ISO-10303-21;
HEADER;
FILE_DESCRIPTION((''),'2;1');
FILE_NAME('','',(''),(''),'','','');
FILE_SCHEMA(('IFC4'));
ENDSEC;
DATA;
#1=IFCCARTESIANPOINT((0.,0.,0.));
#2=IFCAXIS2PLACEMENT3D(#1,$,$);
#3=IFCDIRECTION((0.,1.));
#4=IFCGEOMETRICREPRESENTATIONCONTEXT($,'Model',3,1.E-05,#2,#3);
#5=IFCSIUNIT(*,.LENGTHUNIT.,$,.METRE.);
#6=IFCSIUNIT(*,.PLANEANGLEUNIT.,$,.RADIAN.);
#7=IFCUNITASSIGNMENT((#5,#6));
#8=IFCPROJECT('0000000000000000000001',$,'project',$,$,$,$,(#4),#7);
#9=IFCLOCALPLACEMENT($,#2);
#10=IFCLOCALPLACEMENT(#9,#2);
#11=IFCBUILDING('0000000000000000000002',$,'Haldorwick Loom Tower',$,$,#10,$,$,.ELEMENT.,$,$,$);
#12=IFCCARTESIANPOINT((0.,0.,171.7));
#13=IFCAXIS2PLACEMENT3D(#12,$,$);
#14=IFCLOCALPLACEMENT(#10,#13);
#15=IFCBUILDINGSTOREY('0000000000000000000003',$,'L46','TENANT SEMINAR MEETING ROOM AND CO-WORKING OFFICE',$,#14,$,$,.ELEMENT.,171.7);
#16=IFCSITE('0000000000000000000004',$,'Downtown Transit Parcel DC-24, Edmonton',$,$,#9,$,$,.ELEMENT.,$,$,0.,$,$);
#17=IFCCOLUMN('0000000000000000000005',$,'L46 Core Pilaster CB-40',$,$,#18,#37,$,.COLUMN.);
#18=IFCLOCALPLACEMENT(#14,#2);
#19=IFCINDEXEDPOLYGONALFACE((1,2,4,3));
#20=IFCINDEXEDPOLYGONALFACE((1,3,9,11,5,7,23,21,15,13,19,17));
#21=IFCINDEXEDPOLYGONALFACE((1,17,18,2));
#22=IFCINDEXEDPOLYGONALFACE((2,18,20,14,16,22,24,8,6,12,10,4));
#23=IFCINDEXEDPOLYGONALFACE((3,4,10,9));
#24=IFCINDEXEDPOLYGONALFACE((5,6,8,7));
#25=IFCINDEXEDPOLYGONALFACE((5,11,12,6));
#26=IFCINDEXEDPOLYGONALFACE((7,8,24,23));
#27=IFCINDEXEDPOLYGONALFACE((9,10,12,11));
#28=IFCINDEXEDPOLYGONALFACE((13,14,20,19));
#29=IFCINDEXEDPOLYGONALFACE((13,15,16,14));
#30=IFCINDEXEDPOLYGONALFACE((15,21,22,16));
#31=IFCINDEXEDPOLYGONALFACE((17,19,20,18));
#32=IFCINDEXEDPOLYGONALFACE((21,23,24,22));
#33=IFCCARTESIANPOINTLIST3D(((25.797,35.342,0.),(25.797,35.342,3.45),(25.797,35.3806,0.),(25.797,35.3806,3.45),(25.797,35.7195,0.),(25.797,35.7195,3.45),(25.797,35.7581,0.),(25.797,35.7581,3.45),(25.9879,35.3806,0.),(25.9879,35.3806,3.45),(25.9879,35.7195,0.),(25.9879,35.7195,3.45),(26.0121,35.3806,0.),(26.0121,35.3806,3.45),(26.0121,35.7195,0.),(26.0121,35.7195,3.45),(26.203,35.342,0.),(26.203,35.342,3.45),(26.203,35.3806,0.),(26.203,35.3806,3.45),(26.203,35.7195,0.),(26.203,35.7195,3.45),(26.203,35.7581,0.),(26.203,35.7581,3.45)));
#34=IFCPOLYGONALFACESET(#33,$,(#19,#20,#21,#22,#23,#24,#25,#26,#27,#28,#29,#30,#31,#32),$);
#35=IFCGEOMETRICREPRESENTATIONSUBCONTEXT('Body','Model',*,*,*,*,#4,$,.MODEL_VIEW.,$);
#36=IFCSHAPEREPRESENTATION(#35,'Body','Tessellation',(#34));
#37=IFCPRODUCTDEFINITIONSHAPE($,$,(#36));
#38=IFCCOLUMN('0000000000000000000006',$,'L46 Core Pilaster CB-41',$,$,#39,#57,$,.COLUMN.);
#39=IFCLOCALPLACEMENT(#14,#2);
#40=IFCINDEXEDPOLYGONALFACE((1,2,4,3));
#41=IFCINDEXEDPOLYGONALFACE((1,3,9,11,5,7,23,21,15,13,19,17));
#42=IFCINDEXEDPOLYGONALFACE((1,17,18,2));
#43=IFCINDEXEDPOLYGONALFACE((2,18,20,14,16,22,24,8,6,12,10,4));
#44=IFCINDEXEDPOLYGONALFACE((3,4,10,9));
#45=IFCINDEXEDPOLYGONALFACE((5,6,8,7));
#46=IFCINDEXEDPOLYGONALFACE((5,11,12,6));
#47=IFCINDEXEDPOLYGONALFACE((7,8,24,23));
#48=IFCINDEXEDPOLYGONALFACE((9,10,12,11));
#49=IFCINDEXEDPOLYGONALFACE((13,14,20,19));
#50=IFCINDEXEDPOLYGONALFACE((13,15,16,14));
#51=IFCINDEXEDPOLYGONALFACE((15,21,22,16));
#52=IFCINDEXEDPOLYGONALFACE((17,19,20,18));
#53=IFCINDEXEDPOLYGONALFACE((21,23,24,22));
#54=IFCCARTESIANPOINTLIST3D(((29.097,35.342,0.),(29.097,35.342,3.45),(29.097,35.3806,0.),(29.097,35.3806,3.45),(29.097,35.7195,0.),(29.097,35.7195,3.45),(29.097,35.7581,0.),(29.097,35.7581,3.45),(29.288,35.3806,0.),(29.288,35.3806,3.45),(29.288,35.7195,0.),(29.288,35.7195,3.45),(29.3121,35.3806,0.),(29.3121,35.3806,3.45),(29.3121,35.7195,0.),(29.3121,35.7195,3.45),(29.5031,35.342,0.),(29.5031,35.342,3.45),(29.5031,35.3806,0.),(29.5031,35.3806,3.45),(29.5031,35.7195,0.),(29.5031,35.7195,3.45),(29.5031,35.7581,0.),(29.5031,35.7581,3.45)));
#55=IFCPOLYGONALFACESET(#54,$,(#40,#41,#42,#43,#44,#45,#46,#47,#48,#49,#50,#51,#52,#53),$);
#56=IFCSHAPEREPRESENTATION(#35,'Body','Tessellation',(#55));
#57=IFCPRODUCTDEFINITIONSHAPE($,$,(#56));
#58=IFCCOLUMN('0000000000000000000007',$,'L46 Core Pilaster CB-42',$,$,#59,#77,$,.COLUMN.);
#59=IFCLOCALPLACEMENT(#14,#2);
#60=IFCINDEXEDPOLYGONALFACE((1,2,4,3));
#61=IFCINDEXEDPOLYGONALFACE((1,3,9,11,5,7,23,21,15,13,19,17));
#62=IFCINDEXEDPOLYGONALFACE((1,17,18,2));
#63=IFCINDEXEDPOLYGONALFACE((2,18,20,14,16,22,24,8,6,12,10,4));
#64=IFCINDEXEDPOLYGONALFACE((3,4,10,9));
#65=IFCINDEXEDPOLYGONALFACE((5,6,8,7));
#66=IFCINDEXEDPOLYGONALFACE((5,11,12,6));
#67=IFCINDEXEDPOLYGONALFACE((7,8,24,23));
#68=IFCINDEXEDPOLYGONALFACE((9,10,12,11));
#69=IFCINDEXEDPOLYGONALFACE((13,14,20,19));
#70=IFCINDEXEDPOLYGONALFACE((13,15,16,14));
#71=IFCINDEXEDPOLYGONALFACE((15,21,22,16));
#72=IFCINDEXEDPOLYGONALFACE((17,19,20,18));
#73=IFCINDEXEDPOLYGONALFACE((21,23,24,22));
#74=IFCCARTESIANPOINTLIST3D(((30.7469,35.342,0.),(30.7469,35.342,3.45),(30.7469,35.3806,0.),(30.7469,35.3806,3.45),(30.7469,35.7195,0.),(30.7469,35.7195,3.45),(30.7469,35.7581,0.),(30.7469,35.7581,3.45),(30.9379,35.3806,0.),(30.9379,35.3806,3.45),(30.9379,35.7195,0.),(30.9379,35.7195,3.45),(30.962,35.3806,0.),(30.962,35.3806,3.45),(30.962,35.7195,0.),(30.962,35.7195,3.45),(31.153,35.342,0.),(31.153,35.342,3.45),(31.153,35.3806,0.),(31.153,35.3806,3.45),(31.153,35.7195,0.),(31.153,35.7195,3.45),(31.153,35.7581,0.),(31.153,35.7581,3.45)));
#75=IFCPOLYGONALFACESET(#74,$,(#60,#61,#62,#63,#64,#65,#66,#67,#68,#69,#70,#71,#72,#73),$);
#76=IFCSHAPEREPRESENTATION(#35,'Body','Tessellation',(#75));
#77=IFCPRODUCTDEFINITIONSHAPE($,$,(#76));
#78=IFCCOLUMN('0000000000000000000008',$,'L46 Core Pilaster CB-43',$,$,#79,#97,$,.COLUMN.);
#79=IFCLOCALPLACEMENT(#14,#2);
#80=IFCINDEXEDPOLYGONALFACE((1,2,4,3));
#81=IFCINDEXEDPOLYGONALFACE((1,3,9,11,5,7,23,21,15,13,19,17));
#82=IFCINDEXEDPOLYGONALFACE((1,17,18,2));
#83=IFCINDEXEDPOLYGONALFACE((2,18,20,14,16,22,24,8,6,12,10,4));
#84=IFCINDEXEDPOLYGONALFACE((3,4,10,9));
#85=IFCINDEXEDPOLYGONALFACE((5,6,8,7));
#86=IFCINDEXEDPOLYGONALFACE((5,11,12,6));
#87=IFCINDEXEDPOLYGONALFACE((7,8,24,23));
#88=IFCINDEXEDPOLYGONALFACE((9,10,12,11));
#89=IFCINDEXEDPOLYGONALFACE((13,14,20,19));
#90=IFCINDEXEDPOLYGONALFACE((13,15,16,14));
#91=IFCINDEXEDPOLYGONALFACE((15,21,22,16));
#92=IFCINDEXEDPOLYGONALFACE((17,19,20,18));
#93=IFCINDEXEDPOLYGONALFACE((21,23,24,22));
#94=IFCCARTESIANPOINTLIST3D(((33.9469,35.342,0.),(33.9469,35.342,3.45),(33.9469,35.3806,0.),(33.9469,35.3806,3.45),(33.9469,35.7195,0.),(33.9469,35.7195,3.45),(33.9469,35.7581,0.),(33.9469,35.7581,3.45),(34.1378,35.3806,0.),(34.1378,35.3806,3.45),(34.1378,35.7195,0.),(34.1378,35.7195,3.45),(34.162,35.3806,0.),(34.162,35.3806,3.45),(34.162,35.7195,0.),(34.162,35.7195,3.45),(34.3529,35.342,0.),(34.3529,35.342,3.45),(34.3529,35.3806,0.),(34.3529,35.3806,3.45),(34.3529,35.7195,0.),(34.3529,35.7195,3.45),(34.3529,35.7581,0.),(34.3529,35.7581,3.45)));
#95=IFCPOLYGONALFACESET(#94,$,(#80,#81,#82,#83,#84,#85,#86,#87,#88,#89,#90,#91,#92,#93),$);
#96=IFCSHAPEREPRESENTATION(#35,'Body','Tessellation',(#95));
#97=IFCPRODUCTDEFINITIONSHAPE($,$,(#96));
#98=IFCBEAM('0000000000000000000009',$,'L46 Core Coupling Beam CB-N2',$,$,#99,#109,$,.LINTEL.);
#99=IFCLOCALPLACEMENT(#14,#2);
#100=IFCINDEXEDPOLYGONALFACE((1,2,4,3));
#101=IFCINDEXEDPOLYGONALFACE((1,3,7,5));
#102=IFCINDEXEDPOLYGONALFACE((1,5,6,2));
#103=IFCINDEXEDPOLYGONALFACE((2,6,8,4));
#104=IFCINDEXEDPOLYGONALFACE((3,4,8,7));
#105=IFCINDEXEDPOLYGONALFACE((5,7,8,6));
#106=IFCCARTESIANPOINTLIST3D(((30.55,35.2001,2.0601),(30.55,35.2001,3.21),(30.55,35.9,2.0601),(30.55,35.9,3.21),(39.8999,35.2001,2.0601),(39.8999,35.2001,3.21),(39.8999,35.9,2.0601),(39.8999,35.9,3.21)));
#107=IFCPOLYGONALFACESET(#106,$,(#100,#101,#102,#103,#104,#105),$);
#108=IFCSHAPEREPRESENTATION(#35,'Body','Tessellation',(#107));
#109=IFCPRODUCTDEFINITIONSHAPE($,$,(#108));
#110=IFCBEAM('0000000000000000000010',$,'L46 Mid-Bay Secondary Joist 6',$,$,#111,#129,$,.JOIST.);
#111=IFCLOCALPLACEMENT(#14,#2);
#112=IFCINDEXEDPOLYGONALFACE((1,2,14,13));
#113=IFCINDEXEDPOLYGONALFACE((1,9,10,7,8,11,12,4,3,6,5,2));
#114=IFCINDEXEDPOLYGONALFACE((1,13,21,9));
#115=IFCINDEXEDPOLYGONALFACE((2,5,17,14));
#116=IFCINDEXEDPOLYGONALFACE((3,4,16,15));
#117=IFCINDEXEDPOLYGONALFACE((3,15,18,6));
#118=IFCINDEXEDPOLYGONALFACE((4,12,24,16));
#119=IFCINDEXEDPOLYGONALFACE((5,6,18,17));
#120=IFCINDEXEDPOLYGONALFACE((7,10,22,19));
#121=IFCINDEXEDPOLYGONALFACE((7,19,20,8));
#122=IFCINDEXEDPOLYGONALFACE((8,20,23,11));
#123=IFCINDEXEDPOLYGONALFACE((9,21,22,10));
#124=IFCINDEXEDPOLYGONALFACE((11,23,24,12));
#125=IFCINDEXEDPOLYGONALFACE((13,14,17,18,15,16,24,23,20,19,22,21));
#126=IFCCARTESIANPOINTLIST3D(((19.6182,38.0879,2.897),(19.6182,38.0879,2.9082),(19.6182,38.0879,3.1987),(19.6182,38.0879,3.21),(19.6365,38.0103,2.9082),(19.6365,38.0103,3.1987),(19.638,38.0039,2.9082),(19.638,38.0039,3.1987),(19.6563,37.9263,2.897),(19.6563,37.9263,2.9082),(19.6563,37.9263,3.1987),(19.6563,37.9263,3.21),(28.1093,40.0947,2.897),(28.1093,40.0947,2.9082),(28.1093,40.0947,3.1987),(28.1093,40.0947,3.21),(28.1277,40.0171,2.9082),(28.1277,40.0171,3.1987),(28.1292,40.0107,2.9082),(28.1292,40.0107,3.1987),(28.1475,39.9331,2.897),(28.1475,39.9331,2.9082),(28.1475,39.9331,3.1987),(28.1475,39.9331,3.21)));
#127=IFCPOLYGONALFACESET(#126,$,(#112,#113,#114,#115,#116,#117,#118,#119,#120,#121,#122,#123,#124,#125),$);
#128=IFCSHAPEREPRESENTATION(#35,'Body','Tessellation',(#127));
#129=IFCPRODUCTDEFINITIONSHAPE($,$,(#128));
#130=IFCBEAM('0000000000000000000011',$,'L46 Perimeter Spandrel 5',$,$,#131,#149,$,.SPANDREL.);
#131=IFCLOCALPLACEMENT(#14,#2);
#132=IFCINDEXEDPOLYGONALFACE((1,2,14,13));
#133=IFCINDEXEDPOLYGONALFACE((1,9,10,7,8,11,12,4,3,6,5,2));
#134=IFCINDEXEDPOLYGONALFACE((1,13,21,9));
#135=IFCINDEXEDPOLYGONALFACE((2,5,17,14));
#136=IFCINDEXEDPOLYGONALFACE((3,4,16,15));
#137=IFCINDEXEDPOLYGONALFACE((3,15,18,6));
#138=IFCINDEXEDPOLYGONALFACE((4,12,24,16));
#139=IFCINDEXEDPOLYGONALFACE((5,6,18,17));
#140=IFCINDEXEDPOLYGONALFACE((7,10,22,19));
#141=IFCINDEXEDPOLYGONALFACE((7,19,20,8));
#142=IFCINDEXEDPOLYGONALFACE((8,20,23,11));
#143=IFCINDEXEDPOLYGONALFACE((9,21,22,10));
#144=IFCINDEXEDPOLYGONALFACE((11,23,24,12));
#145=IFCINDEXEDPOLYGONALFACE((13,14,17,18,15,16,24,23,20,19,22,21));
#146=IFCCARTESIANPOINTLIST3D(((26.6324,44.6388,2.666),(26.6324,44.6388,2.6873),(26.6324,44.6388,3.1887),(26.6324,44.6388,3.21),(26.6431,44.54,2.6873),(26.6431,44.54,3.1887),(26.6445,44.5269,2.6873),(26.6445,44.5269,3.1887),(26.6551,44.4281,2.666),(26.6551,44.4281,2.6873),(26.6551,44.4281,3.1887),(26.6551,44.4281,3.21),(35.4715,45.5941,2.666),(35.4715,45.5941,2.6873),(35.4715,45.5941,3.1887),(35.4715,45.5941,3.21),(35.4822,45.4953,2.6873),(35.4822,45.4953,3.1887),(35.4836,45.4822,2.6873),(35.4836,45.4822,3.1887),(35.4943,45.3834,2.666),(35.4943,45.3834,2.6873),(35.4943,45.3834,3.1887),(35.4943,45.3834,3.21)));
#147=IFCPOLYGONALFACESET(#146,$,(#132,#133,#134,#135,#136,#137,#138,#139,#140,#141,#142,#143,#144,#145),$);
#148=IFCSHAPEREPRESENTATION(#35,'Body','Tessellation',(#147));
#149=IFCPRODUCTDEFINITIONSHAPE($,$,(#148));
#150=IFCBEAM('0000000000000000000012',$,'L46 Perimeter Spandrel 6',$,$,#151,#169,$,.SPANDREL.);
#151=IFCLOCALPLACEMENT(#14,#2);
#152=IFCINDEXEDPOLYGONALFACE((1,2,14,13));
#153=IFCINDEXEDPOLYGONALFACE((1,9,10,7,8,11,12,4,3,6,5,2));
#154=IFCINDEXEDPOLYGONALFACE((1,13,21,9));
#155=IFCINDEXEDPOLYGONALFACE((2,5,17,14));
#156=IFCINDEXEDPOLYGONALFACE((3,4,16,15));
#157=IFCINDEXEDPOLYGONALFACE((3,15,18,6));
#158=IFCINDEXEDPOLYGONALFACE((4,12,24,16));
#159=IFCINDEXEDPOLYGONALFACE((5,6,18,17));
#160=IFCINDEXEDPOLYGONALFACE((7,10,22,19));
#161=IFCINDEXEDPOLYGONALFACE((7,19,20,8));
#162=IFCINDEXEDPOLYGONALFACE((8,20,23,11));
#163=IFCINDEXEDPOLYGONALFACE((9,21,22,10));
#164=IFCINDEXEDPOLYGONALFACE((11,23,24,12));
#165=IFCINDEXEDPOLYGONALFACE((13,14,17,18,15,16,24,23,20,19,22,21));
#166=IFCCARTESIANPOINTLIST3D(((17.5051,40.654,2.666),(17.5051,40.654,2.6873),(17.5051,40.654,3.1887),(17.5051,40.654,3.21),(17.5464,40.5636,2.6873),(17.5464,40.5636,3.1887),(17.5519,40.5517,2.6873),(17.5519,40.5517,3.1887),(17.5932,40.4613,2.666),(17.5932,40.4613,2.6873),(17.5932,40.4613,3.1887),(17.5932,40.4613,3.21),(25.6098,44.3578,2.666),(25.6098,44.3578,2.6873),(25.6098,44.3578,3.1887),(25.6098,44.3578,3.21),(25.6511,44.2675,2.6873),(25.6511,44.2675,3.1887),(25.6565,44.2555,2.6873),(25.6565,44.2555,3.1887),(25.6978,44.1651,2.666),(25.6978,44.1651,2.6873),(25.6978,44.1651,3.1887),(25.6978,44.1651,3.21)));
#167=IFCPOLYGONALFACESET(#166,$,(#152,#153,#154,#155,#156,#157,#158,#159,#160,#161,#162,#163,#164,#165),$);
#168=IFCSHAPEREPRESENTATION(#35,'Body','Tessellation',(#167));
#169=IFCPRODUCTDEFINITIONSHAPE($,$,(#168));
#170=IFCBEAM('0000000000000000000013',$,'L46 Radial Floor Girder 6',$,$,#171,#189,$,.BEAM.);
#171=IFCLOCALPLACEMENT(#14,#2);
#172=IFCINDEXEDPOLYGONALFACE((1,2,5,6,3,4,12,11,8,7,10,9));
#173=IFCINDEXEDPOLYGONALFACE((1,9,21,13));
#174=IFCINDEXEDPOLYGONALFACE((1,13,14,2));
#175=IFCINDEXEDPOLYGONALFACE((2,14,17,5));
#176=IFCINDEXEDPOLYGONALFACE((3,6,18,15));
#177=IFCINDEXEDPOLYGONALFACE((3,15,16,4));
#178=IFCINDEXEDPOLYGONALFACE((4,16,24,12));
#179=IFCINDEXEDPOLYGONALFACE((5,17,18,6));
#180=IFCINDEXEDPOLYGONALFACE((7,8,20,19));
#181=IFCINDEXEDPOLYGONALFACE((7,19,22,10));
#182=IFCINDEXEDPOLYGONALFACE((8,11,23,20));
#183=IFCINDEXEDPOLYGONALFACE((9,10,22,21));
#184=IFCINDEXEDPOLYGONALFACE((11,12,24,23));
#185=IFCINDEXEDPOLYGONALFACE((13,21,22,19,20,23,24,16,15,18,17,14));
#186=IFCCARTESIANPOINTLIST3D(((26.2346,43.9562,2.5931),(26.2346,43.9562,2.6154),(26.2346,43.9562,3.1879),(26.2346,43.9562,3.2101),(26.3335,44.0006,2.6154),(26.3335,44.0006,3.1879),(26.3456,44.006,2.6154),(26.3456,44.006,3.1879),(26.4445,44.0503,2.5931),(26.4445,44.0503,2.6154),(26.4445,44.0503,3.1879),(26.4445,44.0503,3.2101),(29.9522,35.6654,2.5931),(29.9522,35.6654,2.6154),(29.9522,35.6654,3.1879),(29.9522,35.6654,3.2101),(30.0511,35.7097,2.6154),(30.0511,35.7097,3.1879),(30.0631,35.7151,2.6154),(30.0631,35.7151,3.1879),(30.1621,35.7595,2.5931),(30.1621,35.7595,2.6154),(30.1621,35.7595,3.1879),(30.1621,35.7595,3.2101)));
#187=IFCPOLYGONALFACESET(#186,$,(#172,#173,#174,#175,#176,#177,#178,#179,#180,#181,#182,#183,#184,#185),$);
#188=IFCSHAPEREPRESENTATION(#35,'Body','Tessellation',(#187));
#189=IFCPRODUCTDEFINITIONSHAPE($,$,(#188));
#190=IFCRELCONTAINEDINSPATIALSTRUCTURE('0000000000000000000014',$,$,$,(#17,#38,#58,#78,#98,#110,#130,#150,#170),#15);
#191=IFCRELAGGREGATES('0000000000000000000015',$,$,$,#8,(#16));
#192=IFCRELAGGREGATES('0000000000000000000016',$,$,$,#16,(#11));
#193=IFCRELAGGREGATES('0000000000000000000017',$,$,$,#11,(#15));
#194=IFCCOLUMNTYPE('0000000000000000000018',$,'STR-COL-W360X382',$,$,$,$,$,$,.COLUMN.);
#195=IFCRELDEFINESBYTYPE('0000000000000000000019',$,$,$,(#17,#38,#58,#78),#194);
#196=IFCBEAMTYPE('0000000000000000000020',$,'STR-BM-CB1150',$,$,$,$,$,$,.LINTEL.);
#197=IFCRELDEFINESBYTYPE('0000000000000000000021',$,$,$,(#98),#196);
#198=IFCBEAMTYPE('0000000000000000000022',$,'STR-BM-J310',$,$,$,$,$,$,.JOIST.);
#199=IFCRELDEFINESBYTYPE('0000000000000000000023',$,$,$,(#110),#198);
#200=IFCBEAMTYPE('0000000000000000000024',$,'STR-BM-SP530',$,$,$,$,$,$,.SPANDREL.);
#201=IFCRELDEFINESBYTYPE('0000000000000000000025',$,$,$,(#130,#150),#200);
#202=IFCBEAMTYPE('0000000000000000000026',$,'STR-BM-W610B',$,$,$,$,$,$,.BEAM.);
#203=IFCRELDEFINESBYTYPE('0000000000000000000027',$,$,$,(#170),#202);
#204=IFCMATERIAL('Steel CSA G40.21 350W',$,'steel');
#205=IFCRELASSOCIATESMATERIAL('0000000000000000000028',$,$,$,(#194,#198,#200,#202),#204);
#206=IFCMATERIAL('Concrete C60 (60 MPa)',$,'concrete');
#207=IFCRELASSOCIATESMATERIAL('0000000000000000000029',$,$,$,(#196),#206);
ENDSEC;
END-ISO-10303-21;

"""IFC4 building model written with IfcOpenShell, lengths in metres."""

from ifc_helpers import new_model, si_unit, direction, frame, origin, origin_2d, place, context, subcontext, project, spatial, rectangle, i_section, extrude, material, material_profile, profile_set, type_object, element, save


model = new_model("IFC4")

# Units and contexts
model_context = context("Model", 3, precision=1e-05, world=origin(), true_north=direction((0.0, 1.0)))
body_context = subcontext(model_context, "Body", "Model", "MODEL_VIEW")
ifc_project = project(units=[si_unit("LENGTHUNIT", "METRE"), si_unit("PLANEANGLEUNIT", "RADIAN")], contexts=[model_context])

# Site, building, storey
site_placement = place(None, origin())
site = spatial("IfcSite", under=ifc_project, at=site_placement, Name="Downtown Transit Parcel DC-24, Edmonton", CompositionType="ELEMENT", RefElevation=0.0)
building_placement = place(site_placement, origin())
building = spatial("IfcBuilding", under=site, at=building_placement, Name="Haldorwick Loom Tower", CompositionType="ELEMENT")
storey_placement = place(building_placement, frame((0.0, 0.0, 171.7)))
storey = spatial("IfcBuildingStorey", under=building, at=storey_placement, Name="L46", Description="TENANT SEMINAR MEETING ROOM AND CO-WORKING OFFICE", CompositionType="ELEMENT", Elevation=171.7)

# Columns
ifc_material_1 = material(Name="Concrete C60 (60 MPa)", Category="concrete")
ifc_material_2 = material(Name="Steel CSA G40.21 350W", Category="steel")
ifc_material_profile_1 = material_profile(ifc_material_2, i_section(OverallWidth=0.406, OverallDepth=0.416, WebThickness=0.0242, FlangeThickness=0.0386, at=origin_2d()), Name="W360X382", Category="steel")
ifc_profile_set_1 = profile_set([ifc_material_profile_1], Name="Steel CSA G40.21 350W")
column_type_1 = type_object("IfcColumnType", Name="STR-COL-W360X382", PredefinedType="COLUMN", material=ifc_profile_set_1)
for number, where, z_axis, x_axis, name in (
    (1, (26.0, 35.55, 0.0), (0.0, 0.0, 1.0), (1.0, 0.0, 0.0), "L46 Core Pilaster CB-40"),
    (2, (29.3, 35.55, 0.0), (0.0, 0.0, 1.0), (1.0, 0.0, 0.0), "L46 Core Pilaster CB-41"),
    (3, (30.95, 35.55, 0.0), (0.0, 0.0, 1.0), (1.0, 0.0, 0.0), "L46 Core Pilaster CB-42"),
    (4, (34.1499, 35.55, 0.0), (0.0, 0.0, 1.0), (1.0, 0.0, 0.0), "L46 Core Pilaster CB-43"),
):
    element("IfcColumn", number, at=place(storey_placement, frame(where, z_axis=z_axis, x_axis=x_axis)), inside=storey, type_object=column_type_1, Name=name, PredefinedType="COLUMN", context=body_context, shape_type="SweptSolid", body=[
        extrude(i_section(OverallWidth=0.406, OverallDepth=0.416, WebThickness=0.0242, FlangeThickness=0.0386, at=origin_2d()), origin(), (0.0, 0.0, 1.0), 3.45),
    ])

# Beams
ifc_material_profile_2 = material_profile(ifc_material_1, rectangle(XDim=0.7, YDim=1.1499, at=origin_2d()), Name="RC700X1150", Category="concrete")
ifc_profile_set_2 = profile_set([ifc_material_profile_2], Name="Concrete C60 (60 MPa)")
beam_type_1 = type_object("IfcBeamType", Name="STR-BM-CB1150", PredefinedType="LINTEL", material=ifc_profile_set_2)
beam_1_placement = place(storey_placement, frame((30.55, 35.55, 2.635), z_axis=(1.0, 0.0, 0.0), x_axis=(0.0, 1.0, 0.0)))
element("IfcBeam", 5, at=beam_1_placement, inside=storey, type_object=beam_type_1, Name="L46 Core Coupling Beam CB-N2", PredefinedType="LINTEL", context=body_context, shape_type="SweptSolid", body=[
    extrude(rectangle(XDim=0.7, YDim=1.1499, at=origin_2d()), origin(), (0.0, 0.0, 1.0), 9.3499),
])
ifc_material_profile_3 = material_profile(ifc_material_2, i_section(OverallWidth=0.166, OverallDepth=0.313, WebThickness=0.0066, FlangeThickness=0.0112, at=origin_2d()), Name="W310X45", Category="steel")
ifc_profile_set_3 = profile_set([ifc_material_profile_3], Name="Steel CSA G40.21 350W")
beam_type_2 = type_object("IfcBeamType", Name="STR-BM-J310", PredefinedType="JOIST", material=ifc_profile_set_3)
beam_2_placement = place(storey_placement, frame((28.1284, 40.0139, 3.0535), z_axis=(-0.973189, -0.230006, 0.0), x_axis=(0.230006, -0.973189, 0.0)))
element("IfcBeam", 6, at=beam_2_placement, inside=storey, type_object=beam_type_2, Name="L46 Mid-Bay Secondary Joist 6", PredefinedType="JOIST", context=body_context, shape_type="SweptSolid", body=[
    extrude(i_section(OverallWidth=0.166, OverallDepth=0.313, WebThickness=0.0066, FlangeThickness=0.0112, at=origin_2d()), origin(), (0.0, 0.0, 1.0), 8.7251),
])
ifc_material_profile_4 = material_profile(ifc_material_2, i_section(OverallWidth=0.2119, OverallDepth=0.5439, WebThickness=0.0132, FlangeThickness=0.0212, at=origin_2d()), Name="W530X123", Category="steel")
ifc_profile_set_4 = profile_set([ifc_material_profile_4], Name="Steel CSA G40.21 350W")
beam_type_3 = type_object("IfcBeamType", Name="STR-BM-SP530", PredefinedType="SPANDREL", material=ifc_profile_set_4)
beam_3_placement = place(storey_placement, frame((35.4829, 45.4888, 2.938), z_axis=(-0.99421, -0.107453, 0.0), x_axis=(0.107453, -0.99421, 0.0)))
element("IfcBeam", 7, at=beam_3_placement, inside=storey, type_object=beam_type_3, Name="L46 Perimeter Spandrel 5", PredefinedType="SPANDREL", context=body_context, shape_type="SweptSolid", body=[
    extrude(i_section(OverallWidth=0.2119, OverallDepth=0.5439, WebThickness=0.0132, FlangeThickness=0.0212, at=origin_2d()), origin(), (0.0, 0.0, 1.0), 8.8906),
])
beam_4_placement = place(storey_placement, frame((25.6538, 44.2615, 2.938), z_axis=(-0.909524, -0.415652, 0.0), x_axis=(0.415652, -0.909524, 0.0)))
element("IfcBeam", 8, at=beam_4_placement, inside=storey, type_object=beam_type_3, Name="L46 Perimeter Spandrel 6", PredefinedType="SPANDREL", context=body_context, shape_type="SweptSolid", body=[
    extrude(i_section(OverallWidth=0.2119, OverallDepth=0.5439, WebThickness=0.0132, FlangeThickness=0.0212, at=origin_2d()), origin(), (0.0, 0.0, 1.0), 8.9109),
])
ifc_material_profile_5 = material_profile(ifc_material_2, i_section(OverallWidth=0.23, OverallDepth=0.6169, WebThickness=0.0132, FlangeThickness=0.0222, at=origin_2d()), Name="W610X140", Category="steel")
ifc_profile_set_5 = profile_set([ifc_material_profile_5], Name="Steel CSA G40.21 350W")
beam_type_4 = type_object("IfcBeamType", Name="STR-BM-W610B", PredefinedType="BEAM", material=ifc_profile_set_5)
beam_5_placement = place(storey_placement, frame((30.0571, 35.7124, 2.9016), z_axis=(-0.409145, 0.912469, 0.0), x_axis=(-0.912469, -0.409145, 0.0)))
element("IfcBeam", 9, at=beam_5_placement, inside=storey, type_object=beam_type_4, Name="L46 Radial Floor Girder 6", PredefinedType="BEAM", context=body_context, shape_type="SweptSolid", body=[
    extrude(i_section(OverallWidth=0.23, OverallDepth=0.6169, WebThickness=0.0132, FlangeThickness=0.0222, at=origin_2d()), origin(), (0.0, 0.0, 1.0), 9.0862),
])

save(model, "model.ifc")
